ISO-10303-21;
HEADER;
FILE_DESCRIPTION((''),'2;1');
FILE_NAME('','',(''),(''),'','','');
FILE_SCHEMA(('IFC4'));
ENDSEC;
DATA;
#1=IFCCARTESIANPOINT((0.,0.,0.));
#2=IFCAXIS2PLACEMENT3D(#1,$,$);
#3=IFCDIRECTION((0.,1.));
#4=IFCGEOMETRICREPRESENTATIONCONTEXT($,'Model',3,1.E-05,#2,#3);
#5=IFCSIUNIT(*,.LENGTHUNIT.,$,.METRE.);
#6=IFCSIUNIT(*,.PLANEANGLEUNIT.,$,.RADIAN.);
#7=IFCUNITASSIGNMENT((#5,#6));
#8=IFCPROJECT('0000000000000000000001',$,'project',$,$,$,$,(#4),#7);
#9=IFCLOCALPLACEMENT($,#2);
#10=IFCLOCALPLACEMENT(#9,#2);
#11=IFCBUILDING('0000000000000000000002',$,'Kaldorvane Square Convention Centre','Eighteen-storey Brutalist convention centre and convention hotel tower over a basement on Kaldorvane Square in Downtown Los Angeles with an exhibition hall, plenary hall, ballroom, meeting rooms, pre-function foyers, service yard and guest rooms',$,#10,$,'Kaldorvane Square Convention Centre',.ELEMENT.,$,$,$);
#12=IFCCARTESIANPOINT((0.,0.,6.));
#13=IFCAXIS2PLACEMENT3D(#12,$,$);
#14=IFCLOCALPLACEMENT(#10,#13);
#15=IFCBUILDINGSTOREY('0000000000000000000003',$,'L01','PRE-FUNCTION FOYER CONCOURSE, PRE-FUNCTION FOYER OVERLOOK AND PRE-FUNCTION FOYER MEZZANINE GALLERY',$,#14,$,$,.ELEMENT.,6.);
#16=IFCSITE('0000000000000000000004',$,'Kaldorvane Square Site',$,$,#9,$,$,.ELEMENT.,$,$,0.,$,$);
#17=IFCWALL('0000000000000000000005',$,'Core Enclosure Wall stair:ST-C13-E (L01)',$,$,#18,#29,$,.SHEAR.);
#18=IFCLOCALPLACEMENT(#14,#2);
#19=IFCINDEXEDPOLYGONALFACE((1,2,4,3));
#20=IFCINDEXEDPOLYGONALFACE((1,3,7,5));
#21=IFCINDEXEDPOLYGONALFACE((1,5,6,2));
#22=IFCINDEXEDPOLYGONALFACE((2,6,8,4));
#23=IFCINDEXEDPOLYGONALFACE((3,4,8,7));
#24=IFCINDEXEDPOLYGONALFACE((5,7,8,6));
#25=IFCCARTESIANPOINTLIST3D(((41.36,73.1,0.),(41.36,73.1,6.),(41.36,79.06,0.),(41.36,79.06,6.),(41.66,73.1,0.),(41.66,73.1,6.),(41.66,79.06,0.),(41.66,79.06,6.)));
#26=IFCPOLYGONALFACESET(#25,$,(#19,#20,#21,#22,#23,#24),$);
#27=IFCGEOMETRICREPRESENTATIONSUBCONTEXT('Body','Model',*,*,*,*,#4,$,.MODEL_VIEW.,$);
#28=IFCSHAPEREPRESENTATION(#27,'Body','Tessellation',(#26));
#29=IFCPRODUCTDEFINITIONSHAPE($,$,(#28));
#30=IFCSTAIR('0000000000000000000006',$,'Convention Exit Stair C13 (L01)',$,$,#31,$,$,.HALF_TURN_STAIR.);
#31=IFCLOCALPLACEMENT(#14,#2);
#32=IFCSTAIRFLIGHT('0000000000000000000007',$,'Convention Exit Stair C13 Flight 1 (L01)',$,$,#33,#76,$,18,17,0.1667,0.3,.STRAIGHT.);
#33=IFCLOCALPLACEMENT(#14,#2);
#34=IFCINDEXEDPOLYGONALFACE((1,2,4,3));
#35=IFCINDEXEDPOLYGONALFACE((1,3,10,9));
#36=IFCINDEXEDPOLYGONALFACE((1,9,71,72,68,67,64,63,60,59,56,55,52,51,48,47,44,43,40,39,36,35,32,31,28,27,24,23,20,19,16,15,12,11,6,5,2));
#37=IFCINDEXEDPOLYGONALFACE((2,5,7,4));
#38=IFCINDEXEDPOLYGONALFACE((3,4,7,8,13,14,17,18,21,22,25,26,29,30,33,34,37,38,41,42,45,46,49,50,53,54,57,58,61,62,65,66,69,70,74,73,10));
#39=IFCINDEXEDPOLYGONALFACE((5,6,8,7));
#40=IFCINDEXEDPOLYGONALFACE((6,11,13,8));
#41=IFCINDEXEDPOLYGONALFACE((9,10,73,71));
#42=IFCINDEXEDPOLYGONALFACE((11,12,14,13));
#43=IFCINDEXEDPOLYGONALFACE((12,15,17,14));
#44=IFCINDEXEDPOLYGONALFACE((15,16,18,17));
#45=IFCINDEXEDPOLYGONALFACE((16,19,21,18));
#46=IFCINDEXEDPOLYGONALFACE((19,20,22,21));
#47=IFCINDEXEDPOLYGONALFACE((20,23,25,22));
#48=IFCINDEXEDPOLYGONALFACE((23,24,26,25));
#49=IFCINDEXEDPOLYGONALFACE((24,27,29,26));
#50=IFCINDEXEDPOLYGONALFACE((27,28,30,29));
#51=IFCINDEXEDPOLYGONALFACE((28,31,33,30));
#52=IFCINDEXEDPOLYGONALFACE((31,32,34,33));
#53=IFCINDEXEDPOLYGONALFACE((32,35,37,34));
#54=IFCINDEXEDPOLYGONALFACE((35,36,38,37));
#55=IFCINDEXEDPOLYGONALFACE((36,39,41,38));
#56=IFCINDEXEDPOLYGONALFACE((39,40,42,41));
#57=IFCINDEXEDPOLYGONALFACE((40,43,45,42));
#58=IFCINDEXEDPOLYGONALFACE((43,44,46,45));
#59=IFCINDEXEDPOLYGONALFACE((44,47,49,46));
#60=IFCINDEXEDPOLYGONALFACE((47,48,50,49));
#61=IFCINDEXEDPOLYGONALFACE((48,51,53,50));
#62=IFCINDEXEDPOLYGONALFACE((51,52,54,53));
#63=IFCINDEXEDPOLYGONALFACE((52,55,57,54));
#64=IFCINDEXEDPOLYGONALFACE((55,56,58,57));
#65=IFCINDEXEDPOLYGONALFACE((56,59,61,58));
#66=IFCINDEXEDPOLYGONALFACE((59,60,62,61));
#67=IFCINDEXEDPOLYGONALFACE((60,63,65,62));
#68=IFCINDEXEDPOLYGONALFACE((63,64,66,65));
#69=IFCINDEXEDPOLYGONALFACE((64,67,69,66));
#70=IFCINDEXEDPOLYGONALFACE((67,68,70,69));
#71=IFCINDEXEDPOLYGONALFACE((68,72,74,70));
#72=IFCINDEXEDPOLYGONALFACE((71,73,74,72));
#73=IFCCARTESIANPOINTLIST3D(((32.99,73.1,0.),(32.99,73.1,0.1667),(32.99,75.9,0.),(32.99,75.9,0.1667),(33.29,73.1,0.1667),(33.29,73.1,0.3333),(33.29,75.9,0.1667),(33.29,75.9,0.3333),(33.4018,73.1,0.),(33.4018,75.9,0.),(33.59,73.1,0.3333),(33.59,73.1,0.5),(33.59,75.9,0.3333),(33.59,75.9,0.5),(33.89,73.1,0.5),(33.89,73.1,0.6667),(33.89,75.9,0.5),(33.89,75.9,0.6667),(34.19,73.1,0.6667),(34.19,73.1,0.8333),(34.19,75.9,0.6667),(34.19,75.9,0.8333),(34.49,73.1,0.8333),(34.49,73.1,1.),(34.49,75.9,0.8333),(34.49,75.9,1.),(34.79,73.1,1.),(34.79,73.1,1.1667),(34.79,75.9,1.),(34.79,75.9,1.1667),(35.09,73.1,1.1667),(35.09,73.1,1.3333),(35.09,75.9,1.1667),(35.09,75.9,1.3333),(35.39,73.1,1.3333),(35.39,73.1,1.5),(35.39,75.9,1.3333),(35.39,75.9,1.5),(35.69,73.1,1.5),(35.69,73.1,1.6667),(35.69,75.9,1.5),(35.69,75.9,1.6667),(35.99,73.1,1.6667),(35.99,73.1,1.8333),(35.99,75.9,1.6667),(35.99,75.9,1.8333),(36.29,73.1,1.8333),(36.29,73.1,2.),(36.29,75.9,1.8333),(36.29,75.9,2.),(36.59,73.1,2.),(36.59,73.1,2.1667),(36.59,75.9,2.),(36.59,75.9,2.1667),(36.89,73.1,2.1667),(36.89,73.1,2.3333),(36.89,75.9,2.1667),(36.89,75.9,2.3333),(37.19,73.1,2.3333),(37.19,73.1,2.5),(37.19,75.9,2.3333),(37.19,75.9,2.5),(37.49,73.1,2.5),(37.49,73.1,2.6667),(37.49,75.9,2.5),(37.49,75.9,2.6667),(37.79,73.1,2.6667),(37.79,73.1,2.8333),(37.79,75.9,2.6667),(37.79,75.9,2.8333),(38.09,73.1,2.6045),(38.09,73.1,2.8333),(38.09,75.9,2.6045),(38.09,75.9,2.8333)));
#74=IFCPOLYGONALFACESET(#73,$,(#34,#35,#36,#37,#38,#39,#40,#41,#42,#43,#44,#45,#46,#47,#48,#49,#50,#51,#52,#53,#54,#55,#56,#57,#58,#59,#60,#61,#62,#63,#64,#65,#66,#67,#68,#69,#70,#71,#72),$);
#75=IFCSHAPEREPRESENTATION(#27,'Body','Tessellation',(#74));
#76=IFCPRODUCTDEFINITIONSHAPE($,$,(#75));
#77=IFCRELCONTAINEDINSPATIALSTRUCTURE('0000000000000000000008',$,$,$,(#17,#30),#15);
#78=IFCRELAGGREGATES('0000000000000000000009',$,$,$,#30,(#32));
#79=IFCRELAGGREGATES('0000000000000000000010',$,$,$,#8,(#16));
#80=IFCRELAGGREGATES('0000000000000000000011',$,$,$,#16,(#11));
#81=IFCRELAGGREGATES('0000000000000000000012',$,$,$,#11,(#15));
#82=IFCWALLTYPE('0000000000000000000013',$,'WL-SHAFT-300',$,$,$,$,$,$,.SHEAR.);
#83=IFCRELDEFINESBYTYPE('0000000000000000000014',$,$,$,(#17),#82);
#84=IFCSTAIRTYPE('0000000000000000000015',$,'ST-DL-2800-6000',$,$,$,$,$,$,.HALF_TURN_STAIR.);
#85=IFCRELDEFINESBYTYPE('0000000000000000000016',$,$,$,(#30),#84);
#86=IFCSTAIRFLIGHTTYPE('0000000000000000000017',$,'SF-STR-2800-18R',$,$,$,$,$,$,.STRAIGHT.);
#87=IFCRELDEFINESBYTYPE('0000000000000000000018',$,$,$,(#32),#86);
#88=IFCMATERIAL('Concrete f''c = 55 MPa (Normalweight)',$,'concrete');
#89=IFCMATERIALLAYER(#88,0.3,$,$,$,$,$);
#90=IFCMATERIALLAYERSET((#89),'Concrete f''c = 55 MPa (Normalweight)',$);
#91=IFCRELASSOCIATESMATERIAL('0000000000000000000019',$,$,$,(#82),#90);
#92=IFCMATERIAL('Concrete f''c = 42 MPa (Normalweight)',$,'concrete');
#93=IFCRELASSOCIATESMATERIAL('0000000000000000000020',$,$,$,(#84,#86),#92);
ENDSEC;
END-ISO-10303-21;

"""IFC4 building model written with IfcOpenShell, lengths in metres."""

from ifc_helpers import new_model, si_unit, direction, frame, frame_2d, origin, place, context, subcontext, project, spatial, polyline, rectangle, outline, extrude, material, layer, layer_set, type_object, element, aggregate, save


model = new_model("IFC4")

# Units and contexts
model_context = context("Model", 3, precision=1e-05, world=origin(), true_north=direction((0.0, 1.0)))
body_context = subcontext(model_context, "Body", "Model", "MODEL_VIEW")
ifc_project = project(units=[si_unit("LENGTHUNIT", "METRE"), si_unit("PLANEANGLEUNIT", "RADIAN")], contexts=[model_context])

# Site, building, storey
site_placement = place(None, origin())
site = spatial("IfcSite", under=ifc_project, at=site_placement, Name="Kaldorvane Square Site", CompositionType="ELEMENT", RefElevation=0.0)
building_placement = place(site_placement, origin())
building = spatial("IfcBuilding", under=site, at=building_placement, Name="Kaldorvane Square Convention Centre", Description="Eighteen-storey Brutalist convention centre and convention hotel tower over a basement on Kaldorvane Square in Downtown Los Angeles with an exhibition hall, plenary hall, ballroom, meeting rooms, pre-function foyers, service yard and guest rooms", LongName="Kaldorvane Square Convention Centre", CompositionType="ELEMENT")
storey_placement = place(building_placement, frame((0.0, 0.0, 6.0)))
storey = spatial("IfcBuildingStorey", under=building, at=storey_placement, Name="L01", Description="PRE-FUNCTION FOYER CONCOURSE, PRE-FUNCTION FOYER OVERLOOK AND PRE-FUNCTION FOYER MEZZANINE GALLERY", CompositionType="ELEMENT", Elevation=6.0)

# Shared definitions
ifc_material_1 = material(Name="Concrete f'c = 55 MPa (Normalweight)", Category="concrete")

# Wall
ifc_layer_1 = layer(ifc_material_1, 0.3)
ifc_layer_set_1 = layer_set([ifc_layer_1], Name="Concrete f'c = 55 MPa (Normalweight)")
wall_type_1 = type_object("IfcWallType", Name="WL-SHAFT-300", PredefinedType="SHEAR", material=ifc_layer_set_1)
wall_1_placement = place(storey_placement, frame((41.51, 73.1, 0.0), z_axis=(0.0, 0.0, 1.0), x_axis=(0.0, 1.0, 0.0)))
element("IfcWall", 1, at=wall_1_placement, inside=storey, type_object=wall_type_1, Name="Core Enclosure Wall stair:ST-C13-E (L01)", PredefinedType="SHEAR", context=body_context, shape_type="SweptSolid", body=[
    extrude(rectangle(XDim=5.96, YDim=0.3, at=frame_2d((2.98, 0.0))), origin(), (0.0, 0.0, 1.0), 6.0),
])

# Stair, stair flight
ifc_material_2 = material(Name="Concrete f'c = 42 MPa (Normalweight)", Category="concrete")
stair_type = type_object("IfcStairType", Name="ST-DL-2800-6000", PredefinedType="HALF_TURN_STAIR", material=ifc_material_2)
stair_placement = place(storey_placement, origin())
stair = element("IfcStair", 2, at=stair_placement, inside=storey, type_object=stair_type, Name="Convention Exit Stair C13 (L01)", PredefinedType="HALF_TURN_STAIR")
stair_flight_type = type_object("IfcStairFlightType", Name="SF-STR-2800-18R", PredefinedType="STRAIGHT", material=ifc_material_2)
stair_flight_placement = place(storey_placement, frame((32.99, 74.5, 0.0), z_axis=(0.0, 0.0, 1.0), x_axis=(1.0, 0.0, 0.0)))
stair_flight = element("IfcStairFlight", 3, at=stair_flight_placement, type_object=stair_flight_type, Name="Convention Exit Stair C13 Flight 1 (L01)", NumberOfRisers=18, NumberOfTreads=17, PredefinedType="STRAIGHT", RiserHeight=0.1667, TreadLength=0.3, context=body_context, shape_type="SweptSolid", body=[
    extrude(outline(polyline([(0.0, 0.0), (0.0, 0.1667), (0.3, 0.1667), (0.3, 0.3333), (0.6, 0.3333), (0.6, 0.5), (0.9, 0.5), (0.9, 0.6667), (1.2, 0.6667), (1.2, 0.8333), (1.5, 0.8333), (1.5, 1.0), (1.8, 1.0), (1.8, 1.1667), (2.1, 1.1667), (2.1, 1.3333), (2.4, 1.3333), (2.4, 1.5), (2.7, 1.5), (2.7, 1.6667), (3.0, 1.6667), (3.0, 1.8333), (3.3, 1.8333), (3.3, 2.0), (3.6, 2.0), (3.6, 2.1667), (3.9, 2.1667), (3.9, 2.3333), (4.2, 2.3333), (4.2, 2.5), (4.5, 2.5), (4.5, 2.6667), (4.8, 2.6667), (4.8, 2.8333), (5.1, 2.8333), (5.1, 3.0), (5.1, 2.6045), (0.4118, 0.0), (0.0, 0.0)])), frame((0.0, 1.4, 0.0), z_axis=(0.0, -1.0, 0.0), x_axis=(1.0, 0.0, 0.0)), (0.0, 0.0, 1.0), 2.8),
])
aggregate(stair, [stair_flight])

save(model, "model.ifc")
